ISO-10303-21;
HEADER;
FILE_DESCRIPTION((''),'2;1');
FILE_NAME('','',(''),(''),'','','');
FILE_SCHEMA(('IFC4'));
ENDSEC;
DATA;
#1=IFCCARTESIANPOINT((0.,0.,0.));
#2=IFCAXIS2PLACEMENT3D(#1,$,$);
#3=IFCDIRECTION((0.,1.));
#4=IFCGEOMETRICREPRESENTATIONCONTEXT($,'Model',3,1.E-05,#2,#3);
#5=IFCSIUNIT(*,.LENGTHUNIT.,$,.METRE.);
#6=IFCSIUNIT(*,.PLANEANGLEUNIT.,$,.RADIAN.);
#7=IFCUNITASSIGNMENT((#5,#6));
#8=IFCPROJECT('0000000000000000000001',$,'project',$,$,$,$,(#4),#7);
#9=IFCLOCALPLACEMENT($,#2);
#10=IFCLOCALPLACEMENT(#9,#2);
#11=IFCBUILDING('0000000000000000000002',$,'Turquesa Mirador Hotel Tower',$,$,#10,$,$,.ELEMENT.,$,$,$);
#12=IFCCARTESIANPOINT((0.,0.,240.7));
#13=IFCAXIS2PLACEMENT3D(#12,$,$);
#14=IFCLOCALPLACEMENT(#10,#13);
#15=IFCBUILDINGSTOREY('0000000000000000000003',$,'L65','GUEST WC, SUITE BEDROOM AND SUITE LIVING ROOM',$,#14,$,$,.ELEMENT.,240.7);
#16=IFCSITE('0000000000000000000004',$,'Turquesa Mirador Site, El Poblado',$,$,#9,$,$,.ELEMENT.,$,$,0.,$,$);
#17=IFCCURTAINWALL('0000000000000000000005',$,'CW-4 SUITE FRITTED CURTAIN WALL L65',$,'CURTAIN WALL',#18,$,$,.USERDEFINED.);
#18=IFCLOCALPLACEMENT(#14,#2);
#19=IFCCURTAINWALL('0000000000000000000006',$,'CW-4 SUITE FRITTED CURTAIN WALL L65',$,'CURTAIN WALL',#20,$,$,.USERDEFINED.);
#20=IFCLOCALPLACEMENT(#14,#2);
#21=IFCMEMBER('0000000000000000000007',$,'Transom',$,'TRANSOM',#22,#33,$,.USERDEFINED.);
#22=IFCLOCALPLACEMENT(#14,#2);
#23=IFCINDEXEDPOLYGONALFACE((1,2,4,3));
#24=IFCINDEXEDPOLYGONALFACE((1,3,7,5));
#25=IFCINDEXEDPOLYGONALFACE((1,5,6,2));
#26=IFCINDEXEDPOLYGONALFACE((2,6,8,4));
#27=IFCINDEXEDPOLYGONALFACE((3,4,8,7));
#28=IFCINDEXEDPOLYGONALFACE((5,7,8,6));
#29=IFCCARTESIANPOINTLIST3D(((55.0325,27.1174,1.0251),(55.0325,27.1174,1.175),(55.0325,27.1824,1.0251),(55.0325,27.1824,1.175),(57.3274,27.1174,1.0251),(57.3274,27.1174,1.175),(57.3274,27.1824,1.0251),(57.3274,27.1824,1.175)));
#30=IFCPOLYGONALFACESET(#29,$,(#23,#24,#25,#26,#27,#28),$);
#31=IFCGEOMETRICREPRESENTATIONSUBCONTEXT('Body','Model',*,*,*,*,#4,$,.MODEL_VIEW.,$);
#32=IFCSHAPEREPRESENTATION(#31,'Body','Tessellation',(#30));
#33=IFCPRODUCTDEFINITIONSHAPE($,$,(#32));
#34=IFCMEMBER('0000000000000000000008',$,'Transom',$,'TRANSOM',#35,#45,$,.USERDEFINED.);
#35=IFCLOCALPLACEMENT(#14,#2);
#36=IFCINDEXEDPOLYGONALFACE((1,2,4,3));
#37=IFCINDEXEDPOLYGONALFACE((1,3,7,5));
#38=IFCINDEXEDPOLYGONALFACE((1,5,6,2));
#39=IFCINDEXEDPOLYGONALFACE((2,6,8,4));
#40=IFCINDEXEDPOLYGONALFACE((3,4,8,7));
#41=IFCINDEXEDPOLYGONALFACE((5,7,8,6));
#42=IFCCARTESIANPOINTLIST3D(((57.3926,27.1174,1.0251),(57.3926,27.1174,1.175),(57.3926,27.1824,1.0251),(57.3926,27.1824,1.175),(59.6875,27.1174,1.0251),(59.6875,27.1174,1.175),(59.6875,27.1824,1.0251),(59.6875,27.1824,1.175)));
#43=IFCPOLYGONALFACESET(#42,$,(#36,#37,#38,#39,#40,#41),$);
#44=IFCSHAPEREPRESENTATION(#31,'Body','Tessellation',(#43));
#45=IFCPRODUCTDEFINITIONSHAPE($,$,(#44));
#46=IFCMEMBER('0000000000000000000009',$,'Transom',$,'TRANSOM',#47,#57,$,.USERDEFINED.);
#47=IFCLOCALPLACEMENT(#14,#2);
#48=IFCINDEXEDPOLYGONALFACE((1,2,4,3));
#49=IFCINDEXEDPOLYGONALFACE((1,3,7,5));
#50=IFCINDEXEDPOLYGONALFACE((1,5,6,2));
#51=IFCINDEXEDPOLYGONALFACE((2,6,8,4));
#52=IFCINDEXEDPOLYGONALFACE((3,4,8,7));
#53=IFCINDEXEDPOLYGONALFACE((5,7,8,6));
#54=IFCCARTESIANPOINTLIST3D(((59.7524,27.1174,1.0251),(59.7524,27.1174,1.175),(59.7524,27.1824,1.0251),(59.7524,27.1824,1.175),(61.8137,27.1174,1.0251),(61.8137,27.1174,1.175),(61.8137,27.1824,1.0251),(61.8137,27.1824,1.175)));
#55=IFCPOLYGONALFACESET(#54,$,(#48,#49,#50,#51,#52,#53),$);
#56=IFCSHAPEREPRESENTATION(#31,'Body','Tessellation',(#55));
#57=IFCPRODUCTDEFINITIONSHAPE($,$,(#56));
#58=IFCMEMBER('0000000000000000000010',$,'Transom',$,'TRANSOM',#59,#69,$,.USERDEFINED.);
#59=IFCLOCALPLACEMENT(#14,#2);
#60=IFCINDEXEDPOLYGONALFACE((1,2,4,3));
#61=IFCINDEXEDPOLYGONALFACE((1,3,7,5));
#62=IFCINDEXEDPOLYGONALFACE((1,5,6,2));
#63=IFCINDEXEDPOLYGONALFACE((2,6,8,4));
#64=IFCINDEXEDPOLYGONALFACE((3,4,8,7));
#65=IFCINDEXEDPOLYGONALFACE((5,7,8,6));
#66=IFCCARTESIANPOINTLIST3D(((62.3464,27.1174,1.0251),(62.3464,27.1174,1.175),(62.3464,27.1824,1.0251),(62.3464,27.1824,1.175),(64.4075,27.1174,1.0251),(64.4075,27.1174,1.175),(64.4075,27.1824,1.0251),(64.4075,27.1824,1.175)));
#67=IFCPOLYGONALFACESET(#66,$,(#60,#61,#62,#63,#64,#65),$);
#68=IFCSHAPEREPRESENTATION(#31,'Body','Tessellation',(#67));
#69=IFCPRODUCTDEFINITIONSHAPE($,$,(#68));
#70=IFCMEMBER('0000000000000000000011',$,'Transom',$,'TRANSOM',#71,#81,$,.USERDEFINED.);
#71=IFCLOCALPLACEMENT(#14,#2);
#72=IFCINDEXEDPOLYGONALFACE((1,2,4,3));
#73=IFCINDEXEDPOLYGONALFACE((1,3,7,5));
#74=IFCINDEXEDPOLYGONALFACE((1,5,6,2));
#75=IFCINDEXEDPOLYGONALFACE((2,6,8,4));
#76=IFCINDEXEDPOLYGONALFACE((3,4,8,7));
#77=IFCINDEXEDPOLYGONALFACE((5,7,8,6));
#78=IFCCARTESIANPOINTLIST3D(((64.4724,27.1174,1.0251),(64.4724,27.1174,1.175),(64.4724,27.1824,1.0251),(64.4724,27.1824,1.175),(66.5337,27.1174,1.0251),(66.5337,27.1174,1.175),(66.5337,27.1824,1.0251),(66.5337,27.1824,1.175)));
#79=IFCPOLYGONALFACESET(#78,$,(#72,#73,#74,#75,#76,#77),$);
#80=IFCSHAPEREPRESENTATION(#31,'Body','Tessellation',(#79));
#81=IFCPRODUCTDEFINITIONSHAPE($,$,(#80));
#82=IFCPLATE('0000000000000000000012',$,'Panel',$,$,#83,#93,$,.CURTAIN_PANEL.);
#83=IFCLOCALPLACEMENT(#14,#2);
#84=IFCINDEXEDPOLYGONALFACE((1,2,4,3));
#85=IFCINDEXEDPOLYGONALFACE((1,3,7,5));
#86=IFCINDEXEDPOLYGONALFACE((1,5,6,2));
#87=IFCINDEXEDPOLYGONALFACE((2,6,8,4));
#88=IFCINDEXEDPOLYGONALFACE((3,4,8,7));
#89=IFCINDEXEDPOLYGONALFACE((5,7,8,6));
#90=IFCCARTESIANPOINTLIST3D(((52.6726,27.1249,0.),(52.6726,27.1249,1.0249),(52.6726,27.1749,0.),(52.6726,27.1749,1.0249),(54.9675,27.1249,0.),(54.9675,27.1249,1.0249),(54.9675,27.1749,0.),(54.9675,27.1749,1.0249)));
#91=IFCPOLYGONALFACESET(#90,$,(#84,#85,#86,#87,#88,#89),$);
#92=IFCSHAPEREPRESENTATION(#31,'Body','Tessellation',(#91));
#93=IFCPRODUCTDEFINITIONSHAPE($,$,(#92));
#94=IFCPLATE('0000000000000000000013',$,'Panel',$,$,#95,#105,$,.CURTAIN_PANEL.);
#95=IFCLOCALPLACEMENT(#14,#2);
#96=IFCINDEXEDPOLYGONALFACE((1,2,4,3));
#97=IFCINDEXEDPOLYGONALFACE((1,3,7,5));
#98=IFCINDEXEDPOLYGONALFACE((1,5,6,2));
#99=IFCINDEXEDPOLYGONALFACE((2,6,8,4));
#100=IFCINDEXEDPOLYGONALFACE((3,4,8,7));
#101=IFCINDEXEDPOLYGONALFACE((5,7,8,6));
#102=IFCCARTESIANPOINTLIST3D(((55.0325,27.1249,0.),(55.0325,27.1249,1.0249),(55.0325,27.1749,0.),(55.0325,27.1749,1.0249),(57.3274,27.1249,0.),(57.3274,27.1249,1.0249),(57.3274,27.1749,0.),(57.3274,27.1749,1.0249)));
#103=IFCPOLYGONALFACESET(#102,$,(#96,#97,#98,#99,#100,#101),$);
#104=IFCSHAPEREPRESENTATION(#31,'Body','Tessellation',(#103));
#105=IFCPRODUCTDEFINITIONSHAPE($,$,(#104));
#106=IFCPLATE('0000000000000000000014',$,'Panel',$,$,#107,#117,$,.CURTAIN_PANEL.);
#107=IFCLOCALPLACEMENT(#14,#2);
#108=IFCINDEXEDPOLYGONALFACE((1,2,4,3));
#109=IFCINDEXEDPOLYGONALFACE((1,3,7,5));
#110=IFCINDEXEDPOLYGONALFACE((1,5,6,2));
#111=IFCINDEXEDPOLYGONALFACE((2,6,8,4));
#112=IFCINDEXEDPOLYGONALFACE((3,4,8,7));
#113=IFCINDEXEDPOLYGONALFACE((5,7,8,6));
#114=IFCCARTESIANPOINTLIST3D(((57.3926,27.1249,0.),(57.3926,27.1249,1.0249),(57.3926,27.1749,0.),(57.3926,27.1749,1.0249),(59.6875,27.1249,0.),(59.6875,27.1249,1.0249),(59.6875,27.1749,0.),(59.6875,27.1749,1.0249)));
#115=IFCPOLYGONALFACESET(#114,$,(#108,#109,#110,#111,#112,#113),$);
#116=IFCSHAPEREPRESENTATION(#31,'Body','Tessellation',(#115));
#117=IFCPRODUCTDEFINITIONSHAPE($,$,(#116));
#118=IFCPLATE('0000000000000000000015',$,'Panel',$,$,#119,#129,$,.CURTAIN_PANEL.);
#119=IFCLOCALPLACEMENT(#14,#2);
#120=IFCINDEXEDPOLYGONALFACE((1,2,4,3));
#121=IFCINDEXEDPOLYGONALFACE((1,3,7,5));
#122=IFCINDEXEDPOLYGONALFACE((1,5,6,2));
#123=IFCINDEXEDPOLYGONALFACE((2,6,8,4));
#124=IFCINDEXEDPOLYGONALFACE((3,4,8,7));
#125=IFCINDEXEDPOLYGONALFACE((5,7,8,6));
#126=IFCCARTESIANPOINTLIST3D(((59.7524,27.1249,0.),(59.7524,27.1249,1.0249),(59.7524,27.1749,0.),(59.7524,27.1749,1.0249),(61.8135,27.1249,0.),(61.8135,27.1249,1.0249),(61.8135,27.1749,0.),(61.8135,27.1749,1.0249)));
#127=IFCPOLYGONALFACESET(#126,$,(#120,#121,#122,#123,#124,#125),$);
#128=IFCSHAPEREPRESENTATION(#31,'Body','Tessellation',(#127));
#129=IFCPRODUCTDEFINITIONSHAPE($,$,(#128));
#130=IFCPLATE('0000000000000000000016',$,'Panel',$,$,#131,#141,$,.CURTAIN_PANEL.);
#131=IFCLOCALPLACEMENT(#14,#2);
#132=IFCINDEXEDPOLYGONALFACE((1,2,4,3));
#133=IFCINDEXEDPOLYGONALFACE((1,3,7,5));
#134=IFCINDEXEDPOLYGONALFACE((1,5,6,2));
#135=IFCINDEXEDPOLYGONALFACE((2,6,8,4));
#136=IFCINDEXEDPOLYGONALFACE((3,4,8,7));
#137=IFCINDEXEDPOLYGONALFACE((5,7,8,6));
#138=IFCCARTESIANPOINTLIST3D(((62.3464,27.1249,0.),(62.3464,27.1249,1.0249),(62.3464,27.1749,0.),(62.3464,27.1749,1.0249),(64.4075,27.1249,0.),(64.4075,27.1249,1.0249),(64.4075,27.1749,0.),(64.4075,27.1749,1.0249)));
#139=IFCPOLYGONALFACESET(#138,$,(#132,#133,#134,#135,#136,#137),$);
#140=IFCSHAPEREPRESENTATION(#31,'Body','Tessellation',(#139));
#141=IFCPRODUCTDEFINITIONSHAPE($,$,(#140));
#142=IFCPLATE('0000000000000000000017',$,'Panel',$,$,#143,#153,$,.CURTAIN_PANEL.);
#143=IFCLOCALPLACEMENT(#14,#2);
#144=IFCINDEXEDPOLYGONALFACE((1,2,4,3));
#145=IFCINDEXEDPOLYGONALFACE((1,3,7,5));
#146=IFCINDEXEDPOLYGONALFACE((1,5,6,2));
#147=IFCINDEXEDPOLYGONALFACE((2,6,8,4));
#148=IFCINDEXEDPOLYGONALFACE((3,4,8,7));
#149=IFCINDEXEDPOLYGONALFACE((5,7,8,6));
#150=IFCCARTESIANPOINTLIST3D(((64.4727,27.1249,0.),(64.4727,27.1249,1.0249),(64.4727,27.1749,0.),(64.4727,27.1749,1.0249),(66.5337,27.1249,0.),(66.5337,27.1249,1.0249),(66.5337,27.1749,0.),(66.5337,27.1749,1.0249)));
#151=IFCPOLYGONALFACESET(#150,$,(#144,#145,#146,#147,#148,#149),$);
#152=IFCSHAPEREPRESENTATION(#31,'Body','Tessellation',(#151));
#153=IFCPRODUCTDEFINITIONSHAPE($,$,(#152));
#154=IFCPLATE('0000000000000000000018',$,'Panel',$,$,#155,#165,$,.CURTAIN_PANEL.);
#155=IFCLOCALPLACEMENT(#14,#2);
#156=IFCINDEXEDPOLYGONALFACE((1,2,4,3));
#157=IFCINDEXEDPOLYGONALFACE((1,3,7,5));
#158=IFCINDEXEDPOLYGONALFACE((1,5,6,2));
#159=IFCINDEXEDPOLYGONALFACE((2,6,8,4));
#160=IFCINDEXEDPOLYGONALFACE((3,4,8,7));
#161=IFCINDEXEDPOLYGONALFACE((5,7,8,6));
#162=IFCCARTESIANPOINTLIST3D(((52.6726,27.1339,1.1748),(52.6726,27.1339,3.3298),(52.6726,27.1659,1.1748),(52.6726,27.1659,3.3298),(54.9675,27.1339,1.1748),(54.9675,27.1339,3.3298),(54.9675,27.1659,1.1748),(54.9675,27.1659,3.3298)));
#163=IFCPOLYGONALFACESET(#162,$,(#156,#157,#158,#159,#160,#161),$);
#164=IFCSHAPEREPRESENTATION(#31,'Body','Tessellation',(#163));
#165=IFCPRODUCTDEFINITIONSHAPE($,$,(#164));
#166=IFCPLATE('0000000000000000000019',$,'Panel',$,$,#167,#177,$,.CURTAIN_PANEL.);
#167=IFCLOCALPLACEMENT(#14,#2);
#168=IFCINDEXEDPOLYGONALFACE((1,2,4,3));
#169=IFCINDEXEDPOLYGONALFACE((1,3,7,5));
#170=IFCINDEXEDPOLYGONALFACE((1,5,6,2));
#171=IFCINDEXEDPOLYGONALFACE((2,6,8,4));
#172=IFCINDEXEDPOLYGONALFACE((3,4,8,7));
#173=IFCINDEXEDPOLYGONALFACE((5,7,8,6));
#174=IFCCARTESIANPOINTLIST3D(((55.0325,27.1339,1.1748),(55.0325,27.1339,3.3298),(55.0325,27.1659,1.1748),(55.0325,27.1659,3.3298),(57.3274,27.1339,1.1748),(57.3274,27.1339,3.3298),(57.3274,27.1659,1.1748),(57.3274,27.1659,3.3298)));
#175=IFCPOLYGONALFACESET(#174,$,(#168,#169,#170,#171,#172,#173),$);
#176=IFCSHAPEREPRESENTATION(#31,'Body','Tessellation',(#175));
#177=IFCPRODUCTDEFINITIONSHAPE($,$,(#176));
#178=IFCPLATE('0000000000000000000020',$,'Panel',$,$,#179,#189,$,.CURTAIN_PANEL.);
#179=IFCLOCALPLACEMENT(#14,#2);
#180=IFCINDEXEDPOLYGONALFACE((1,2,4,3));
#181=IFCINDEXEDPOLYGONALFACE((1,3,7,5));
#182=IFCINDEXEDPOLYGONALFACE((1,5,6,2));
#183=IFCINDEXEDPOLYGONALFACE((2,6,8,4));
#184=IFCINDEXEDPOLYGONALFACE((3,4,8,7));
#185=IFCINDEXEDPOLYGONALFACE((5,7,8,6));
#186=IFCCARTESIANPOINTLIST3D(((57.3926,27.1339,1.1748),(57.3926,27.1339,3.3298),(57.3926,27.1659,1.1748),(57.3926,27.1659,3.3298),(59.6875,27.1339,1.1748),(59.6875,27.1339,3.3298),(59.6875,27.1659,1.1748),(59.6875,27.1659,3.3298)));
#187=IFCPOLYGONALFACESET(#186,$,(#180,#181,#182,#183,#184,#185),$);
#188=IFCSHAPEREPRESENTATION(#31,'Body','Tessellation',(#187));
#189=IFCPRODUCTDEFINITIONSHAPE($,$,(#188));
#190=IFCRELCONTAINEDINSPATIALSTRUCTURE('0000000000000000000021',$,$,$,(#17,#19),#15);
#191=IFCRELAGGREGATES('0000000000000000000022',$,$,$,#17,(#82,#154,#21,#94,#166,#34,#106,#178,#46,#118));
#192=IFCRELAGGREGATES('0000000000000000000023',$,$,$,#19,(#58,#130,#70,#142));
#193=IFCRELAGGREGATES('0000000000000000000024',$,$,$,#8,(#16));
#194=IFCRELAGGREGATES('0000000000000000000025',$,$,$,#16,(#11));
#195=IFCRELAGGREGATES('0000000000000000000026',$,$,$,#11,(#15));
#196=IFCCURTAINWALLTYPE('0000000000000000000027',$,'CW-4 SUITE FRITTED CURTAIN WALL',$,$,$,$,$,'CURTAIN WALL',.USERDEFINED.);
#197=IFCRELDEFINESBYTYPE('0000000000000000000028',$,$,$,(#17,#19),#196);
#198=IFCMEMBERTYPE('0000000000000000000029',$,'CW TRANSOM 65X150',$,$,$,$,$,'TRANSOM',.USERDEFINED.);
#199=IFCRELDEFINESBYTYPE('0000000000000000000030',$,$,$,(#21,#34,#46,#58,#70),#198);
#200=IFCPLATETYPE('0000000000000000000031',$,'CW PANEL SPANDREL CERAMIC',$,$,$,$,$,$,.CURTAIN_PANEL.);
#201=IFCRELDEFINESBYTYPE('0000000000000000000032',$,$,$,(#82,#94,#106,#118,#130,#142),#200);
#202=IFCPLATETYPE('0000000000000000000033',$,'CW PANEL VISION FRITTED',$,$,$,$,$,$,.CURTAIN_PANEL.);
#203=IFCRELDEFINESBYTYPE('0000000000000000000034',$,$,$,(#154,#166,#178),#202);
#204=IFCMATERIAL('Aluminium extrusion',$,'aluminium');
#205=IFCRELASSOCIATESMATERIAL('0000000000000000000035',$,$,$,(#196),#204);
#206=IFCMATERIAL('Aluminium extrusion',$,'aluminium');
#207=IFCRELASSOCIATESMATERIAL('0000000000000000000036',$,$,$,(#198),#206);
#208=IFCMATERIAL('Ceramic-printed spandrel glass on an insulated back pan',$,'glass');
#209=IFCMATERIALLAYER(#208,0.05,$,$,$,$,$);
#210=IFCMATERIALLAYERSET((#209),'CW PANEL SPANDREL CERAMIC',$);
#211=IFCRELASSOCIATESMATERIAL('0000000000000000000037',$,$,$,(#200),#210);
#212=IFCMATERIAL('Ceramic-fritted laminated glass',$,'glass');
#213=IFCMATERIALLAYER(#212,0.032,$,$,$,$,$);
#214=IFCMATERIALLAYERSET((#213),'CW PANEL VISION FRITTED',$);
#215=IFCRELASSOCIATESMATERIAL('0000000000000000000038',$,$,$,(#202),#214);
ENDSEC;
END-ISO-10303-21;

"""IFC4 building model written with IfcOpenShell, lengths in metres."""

from ifc_helpers import new_model, si_unit, direction, frame, origin, origin_2d, place, context, subcontext, project, spatial, rectangle, extrude, material, layer, layer_set, material_profile, profile_set, type_object, element, aggregate, save


model = new_model("IFC4")

# Units and contexts
model_context = context("Model", 3, precision=1e-05, world=origin(), true_north=direction((0.0, 1.0)))
body_context = subcontext(model_context, "Body", "Model", "MODEL_VIEW")
ifc_project = project(units=[si_unit("LENGTHUNIT", "METRE"), si_unit("PLANEANGLEUNIT", "RADIAN")], contexts=[model_context])

# Site, building, storey
site_placement = place(None, origin())
site = spatial("IfcSite", under=ifc_project, at=site_placement, Name="Turquesa Mirador Site, El Poblado", CompositionType="ELEMENT", RefElevation=0.0)
building_placement = place(site_placement, origin())
building = spatial("IfcBuilding", under=site, at=building_placement, Name="Turquesa Mirador Hotel Tower", CompositionType="ELEMENT")
storey_placement = place(building_placement, frame((0.0, 0.0, 240.7)))
storey = spatial("IfcBuildingStorey", under=building, at=storey_placement, Name="L65", Description="GUEST WC, SUITE BEDROOM AND SUITE LIVING ROOM", CompositionType="ELEMENT", Elevation=240.7)

# Curtain walls
ifc_material_1 = material(Name="Aluminium extrusion", Category="aluminium")
curtain_wall_type = type_object("IfcCurtainWallType", Name="CW-4 SUITE FRITTED CURTAIN WALL", ElementType="CURTAIN WALL", PredefinedType="USERDEFINED", material=ifc_material_1)
curtain_wall_1_placement = place(storey_placement, origin())
curtain_wall_1 = element("IfcCurtainWall", 1, at=curtain_wall_1_placement, inside=storey, type_object=curtain_wall_type, Name="CW-4 SUITE FRITTED CURTAIN WALL L65", ObjectType="CURTAIN WALL", PredefinedType="USERDEFINED")
curtain_wall_2_placement = place(storey_placement, origin())
curtain_wall_2 = element("IfcCurtainWall", 2, at=curtain_wall_2_placement, inside=storey, type_object=curtain_wall_type, Name="CW-4 SUITE FRITTED CURTAIN WALL L65", ObjectType="CURTAIN WALL", PredefinedType="USERDEFINED")

# Members
ifc_material_2 = material(Name="Aluminium extrusion", Category="aluminium")
ifc_material_profile_1 = material_profile(ifc_material_2, rectangle(XDim=0.0649, YDim=0.1499, at=origin_2d()), Name="TRANSOM 65X150")
ifc_profile_set_1 = profile_set([ifc_material_profile_1], Name="Aluminium extrusion")
member_type_1 = type_object("IfcMemberType", Name="CW TRANSOM 65X150", ElementType="TRANSOM", PredefinedType="USERDEFINED", material=ifc_profile_set_1)
member_1_placement = place(storey_placement, frame((55.0325, 27.1499, 1.1001), z_axis=(1.0, 0.0, 0.0), x_axis=(0.0, 1.0, 0.0)))
member_1 = element("IfcMember", 3, at=member_1_placement, type_object=member_type_1, Name="Transom", ObjectType="TRANSOM", PredefinedType="USERDEFINED", context=body_context, shape_type="SweptSolid", body=[
    extrude(rectangle(XDim=0.0649, YDim=0.1499, at=origin_2d()), origin(), (0.0, 0.0, 1.0), 2.2949),
])
member_2_placement = place(storey_placement, frame((57.3926, 27.1499, 1.1001), z_axis=(1.0, 0.0, 0.0), x_axis=(0.0, 1.0, 0.0)))
member_2 = element("IfcMember", 4, at=member_2_placement, type_object=member_type_1, Name="Transom", ObjectType="TRANSOM", PredefinedType="USERDEFINED", context=body_context, shape_type="SweptSolid", body=[
    extrude(rectangle(XDim=0.0649, YDim=0.1499, at=origin_2d()), origin(), (0.0, 0.0, 1.0), 2.2949),
])
member_3_placement = place(storey_placement, frame((59.7524, 27.1499, 1.1001), z_axis=(1.0, 0.0, 0.0), x_axis=(0.0, 1.0, 0.0)))
member_3 = element("IfcMember", 5, at=member_3_placement, type_object=member_type_1, Name="Transom", ObjectType="TRANSOM", PredefinedType="USERDEFINED", context=body_context, shape_type="SweptSolid", body=[
    extrude(rectangle(XDim=0.0649, YDim=0.1499, at=origin_2d()), origin(), (0.0, 0.0, 1.0), 2.0613),
])
member_4_placement = place(storey_placement, frame((62.3464, 27.1499, 1.1001), z_axis=(1.0, 0.0, 0.0), x_axis=(0.0, 1.0, 0.0)))
member_4 = element("IfcMember", 6, at=member_4_placement, type_object=member_type_1, Name="Transom", ObjectType="TRANSOM", PredefinedType="USERDEFINED", context=body_context, shape_type="SweptSolid", body=[
    extrude(rectangle(XDim=0.0649, YDim=0.1499, at=origin_2d()), origin(), (0.0, 0.0, 1.0), 2.061),
])
member_5_placement = place(storey_placement, frame((64.4724, 27.1499, 1.1001), z_axis=(1.0, 0.0, 0.0), x_axis=(0.0, 1.0, 0.0)))
member_5 = element("IfcMember", 7, at=member_5_placement, type_object=member_type_1, Name="Transom", ObjectType="TRANSOM", PredefinedType="USERDEFINED", context=body_context, shape_type="SweptSolid", body=[
    extrude(rectangle(XDim=0.0649, YDim=0.1499, at=origin_2d()), origin(), (0.0, 0.0, 1.0), 2.0613),
])

# Plates
ifc_material_3 = material(Name="Ceramic-printed spandrel glass on an insulated back pan", Category="glass")
ifc_layer_1 = layer(ifc_material_3, 0.05)
ifc_layer_set_1 = layer_set([ifc_layer_1], Name="CW PANEL SPANDREL CERAMIC")
plate_type_1 = type_object("IfcPlateType", Name="CW PANEL SPANDREL CERAMIC", PredefinedType="CURTAIN_PANEL", material=ifc_layer_set_1)
plate_1_placement = place(storey_placement, frame((53.8201, 27.1499, 0.0), z_axis=(0.0, 0.0, 1.0), x_axis=(1.0, 0.0, 0.0)))
plate_1 = element("IfcPlate", 8, at=plate_1_placement, type_object=plate_type_1, Name="Panel", PredefinedType="CURTAIN_PANEL", context=body_context, shape_type="SweptSolid", body=[
    extrude(rectangle(XDim=2.2949, YDim=0.05, at=origin_2d()), origin(), (0.0, 0.0, 1.0), 1.0249),
])
plate_2_placement = place(storey_placement, frame((56.1799, 27.1499, 0.0), z_axis=(0.0, 0.0, 1.0), x_axis=(1.0, 0.0, 0.0)))
plate_2 = element("IfcPlate", 9, at=plate_2_placement, type_object=plate_type_1, Name="Panel", PredefinedType="CURTAIN_PANEL", context=body_context, shape_type="SweptSolid", body=[
    extrude(rectangle(XDim=2.2949, YDim=0.05, at=origin_2d()), origin(), (0.0, 0.0, 1.0), 1.0249),
])
plate_3_placement = place(storey_placement, frame((58.54, 27.1499, 0.0), z_axis=(0.0, 0.0, 1.0), x_axis=(1.0, 0.0, 0.0)))
plate_3 = element("IfcPlate", 10, at=plate_3_placement, type_object=plate_type_1, Name="Panel", PredefinedType="CURTAIN_PANEL", context=body_context, shape_type="SweptSolid", body=[
    extrude(rectangle(XDim=2.2949, YDim=0.05, at=origin_2d()), origin(), (0.0, 0.0, 1.0), 1.0249),
])
plate_4_placement = place(storey_placement, frame((60.783, 27.1499, 0.0), z_axis=(0.0, 0.0, 1.0), x_axis=(1.0, 0.0, 0.0)))
plate_4 = element("IfcPlate", 11, at=plate_4_placement, type_object=plate_type_1, Name="Panel", PredefinedType="CURTAIN_PANEL", context=body_context, shape_type="SweptSolid", body=[
    extrude(rectangle(XDim=2.061, YDim=0.05, at=origin_2d()), origin(), (0.0, 0.0, 1.0), 1.0249),
])
plate_5_placement = place(storey_placement, frame((63.377, 27.1499, 0.0), z_axis=(0.0, 0.0, 1.0), x_axis=(1.0, 0.0, 0.0)))
plate_5 = element("IfcPlate", 12, at=plate_5_placement, type_object=plate_type_1, Name="Panel", PredefinedType="CURTAIN_PANEL", context=body_context, shape_type="SweptSolid", body=[
    extrude(rectangle(XDim=2.061, YDim=0.05, at=origin_2d()), origin(), (0.0, 0.0, 1.0), 1.0249),
])
plate_6_placement = place(storey_placement, frame((65.5032, 27.1499, 0.0), z_axis=(0.0, 0.0, 1.0), x_axis=(1.0, 0.0, 0.0)))
plate_6 = element("IfcPlate", 13, at=plate_6_placement, type_object=plate_type_1, Name="Panel", PredefinedType="CURTAIN_PANEL", context=body_context, shape_type="SweptSolid", body=[
    extrude(rectangle(XDim=2.061, YDim=0.05, at=origin_2d()), origin(), (0.0, 0.0, 1.0), 1.0249),
])
ifc_material_4 = material(Name="Ceramic-fritted laminated glass", Category="glass")
ifc_layer_2 = layer(ifc_material_4, 0.032)
ifc_layer_set_2 = layer_set([ifc_layer_2], Name="CW PANEL VISION FRITTED")
plate_type_2 = type_object("IfcPlateType", Name="CW PANEL VISION FRITTED", PredefinedType="CURTAIN_PANEL", material=ifc_layer_set_2)
plate_7_placement = place(storey_placement, frame((53.8201, 27.1499, 1.1748), z_axis=(0.0, 0.0, 1.0), x_axis=(1.0, 0.0, 0.0)))
plate_7 = element("IfcPlate", 14, at=plate_7_placement, type_object=plate_type_2, Name="Panel", PredefinedType="CURTAIN_PANEL", context=body_context, shape_type="SweptSolid", body=[
    extrude(rectangle(XDim=2.2949, YDim=0.032, at=origin_2d()), origin(), (0.0, 0.0, 1.0), 2.155),
])
plate_8_placement = place(storey_placement, frame((56.1799, 27.1499, 1.1748), z_axis=(0.0, 0.0, 1.0), x_axis=(1.0, 0.0, 0.0)))
plate_8 = element("IfcPlate", 15, at=plate_8_placement, type_object=plate_type_2, Name="Panel", PredefinedType="CURTAIN_PANEL", context=body_context, shape_type="SweptSolid", body=[
    extrude(rectangle(XDim=2.2949, YDim=0.032, at=origin_2d()), origin(), (0.0, 0.0, 1.0), 2.155),
])
plate_9_placement = place(storey_placement, frame((58.54, 27.1499, 1.1748), z_axis=(0.0, 0.0, 1.0), x_axis=(1.0, 0.0, 0.0)))
plate_9 = element("IfcPlate", 16, at=plate_9_placement, type_object=plate_type_2, Name="Panel", PredefinedType="CURTAIN_PANEL", context=body_context, shape_type="SweptSolid", body=[
    extrude(rectangle(XDim=2.2949, YDim=0.032, at=origin_2d()), origin(), (0.0, 0.0, 1.0), 2.155),
])
aggregate(curtain_wall_1, [plate_1, plate_7, member_1, plate_2, plate_8, member_2, plate_3, plate_9, member_3, plate_4])
aggregate(curtain_wall_2, [member_4, plate_5, member_5, plate_6])

save(model, "model.ifc")
